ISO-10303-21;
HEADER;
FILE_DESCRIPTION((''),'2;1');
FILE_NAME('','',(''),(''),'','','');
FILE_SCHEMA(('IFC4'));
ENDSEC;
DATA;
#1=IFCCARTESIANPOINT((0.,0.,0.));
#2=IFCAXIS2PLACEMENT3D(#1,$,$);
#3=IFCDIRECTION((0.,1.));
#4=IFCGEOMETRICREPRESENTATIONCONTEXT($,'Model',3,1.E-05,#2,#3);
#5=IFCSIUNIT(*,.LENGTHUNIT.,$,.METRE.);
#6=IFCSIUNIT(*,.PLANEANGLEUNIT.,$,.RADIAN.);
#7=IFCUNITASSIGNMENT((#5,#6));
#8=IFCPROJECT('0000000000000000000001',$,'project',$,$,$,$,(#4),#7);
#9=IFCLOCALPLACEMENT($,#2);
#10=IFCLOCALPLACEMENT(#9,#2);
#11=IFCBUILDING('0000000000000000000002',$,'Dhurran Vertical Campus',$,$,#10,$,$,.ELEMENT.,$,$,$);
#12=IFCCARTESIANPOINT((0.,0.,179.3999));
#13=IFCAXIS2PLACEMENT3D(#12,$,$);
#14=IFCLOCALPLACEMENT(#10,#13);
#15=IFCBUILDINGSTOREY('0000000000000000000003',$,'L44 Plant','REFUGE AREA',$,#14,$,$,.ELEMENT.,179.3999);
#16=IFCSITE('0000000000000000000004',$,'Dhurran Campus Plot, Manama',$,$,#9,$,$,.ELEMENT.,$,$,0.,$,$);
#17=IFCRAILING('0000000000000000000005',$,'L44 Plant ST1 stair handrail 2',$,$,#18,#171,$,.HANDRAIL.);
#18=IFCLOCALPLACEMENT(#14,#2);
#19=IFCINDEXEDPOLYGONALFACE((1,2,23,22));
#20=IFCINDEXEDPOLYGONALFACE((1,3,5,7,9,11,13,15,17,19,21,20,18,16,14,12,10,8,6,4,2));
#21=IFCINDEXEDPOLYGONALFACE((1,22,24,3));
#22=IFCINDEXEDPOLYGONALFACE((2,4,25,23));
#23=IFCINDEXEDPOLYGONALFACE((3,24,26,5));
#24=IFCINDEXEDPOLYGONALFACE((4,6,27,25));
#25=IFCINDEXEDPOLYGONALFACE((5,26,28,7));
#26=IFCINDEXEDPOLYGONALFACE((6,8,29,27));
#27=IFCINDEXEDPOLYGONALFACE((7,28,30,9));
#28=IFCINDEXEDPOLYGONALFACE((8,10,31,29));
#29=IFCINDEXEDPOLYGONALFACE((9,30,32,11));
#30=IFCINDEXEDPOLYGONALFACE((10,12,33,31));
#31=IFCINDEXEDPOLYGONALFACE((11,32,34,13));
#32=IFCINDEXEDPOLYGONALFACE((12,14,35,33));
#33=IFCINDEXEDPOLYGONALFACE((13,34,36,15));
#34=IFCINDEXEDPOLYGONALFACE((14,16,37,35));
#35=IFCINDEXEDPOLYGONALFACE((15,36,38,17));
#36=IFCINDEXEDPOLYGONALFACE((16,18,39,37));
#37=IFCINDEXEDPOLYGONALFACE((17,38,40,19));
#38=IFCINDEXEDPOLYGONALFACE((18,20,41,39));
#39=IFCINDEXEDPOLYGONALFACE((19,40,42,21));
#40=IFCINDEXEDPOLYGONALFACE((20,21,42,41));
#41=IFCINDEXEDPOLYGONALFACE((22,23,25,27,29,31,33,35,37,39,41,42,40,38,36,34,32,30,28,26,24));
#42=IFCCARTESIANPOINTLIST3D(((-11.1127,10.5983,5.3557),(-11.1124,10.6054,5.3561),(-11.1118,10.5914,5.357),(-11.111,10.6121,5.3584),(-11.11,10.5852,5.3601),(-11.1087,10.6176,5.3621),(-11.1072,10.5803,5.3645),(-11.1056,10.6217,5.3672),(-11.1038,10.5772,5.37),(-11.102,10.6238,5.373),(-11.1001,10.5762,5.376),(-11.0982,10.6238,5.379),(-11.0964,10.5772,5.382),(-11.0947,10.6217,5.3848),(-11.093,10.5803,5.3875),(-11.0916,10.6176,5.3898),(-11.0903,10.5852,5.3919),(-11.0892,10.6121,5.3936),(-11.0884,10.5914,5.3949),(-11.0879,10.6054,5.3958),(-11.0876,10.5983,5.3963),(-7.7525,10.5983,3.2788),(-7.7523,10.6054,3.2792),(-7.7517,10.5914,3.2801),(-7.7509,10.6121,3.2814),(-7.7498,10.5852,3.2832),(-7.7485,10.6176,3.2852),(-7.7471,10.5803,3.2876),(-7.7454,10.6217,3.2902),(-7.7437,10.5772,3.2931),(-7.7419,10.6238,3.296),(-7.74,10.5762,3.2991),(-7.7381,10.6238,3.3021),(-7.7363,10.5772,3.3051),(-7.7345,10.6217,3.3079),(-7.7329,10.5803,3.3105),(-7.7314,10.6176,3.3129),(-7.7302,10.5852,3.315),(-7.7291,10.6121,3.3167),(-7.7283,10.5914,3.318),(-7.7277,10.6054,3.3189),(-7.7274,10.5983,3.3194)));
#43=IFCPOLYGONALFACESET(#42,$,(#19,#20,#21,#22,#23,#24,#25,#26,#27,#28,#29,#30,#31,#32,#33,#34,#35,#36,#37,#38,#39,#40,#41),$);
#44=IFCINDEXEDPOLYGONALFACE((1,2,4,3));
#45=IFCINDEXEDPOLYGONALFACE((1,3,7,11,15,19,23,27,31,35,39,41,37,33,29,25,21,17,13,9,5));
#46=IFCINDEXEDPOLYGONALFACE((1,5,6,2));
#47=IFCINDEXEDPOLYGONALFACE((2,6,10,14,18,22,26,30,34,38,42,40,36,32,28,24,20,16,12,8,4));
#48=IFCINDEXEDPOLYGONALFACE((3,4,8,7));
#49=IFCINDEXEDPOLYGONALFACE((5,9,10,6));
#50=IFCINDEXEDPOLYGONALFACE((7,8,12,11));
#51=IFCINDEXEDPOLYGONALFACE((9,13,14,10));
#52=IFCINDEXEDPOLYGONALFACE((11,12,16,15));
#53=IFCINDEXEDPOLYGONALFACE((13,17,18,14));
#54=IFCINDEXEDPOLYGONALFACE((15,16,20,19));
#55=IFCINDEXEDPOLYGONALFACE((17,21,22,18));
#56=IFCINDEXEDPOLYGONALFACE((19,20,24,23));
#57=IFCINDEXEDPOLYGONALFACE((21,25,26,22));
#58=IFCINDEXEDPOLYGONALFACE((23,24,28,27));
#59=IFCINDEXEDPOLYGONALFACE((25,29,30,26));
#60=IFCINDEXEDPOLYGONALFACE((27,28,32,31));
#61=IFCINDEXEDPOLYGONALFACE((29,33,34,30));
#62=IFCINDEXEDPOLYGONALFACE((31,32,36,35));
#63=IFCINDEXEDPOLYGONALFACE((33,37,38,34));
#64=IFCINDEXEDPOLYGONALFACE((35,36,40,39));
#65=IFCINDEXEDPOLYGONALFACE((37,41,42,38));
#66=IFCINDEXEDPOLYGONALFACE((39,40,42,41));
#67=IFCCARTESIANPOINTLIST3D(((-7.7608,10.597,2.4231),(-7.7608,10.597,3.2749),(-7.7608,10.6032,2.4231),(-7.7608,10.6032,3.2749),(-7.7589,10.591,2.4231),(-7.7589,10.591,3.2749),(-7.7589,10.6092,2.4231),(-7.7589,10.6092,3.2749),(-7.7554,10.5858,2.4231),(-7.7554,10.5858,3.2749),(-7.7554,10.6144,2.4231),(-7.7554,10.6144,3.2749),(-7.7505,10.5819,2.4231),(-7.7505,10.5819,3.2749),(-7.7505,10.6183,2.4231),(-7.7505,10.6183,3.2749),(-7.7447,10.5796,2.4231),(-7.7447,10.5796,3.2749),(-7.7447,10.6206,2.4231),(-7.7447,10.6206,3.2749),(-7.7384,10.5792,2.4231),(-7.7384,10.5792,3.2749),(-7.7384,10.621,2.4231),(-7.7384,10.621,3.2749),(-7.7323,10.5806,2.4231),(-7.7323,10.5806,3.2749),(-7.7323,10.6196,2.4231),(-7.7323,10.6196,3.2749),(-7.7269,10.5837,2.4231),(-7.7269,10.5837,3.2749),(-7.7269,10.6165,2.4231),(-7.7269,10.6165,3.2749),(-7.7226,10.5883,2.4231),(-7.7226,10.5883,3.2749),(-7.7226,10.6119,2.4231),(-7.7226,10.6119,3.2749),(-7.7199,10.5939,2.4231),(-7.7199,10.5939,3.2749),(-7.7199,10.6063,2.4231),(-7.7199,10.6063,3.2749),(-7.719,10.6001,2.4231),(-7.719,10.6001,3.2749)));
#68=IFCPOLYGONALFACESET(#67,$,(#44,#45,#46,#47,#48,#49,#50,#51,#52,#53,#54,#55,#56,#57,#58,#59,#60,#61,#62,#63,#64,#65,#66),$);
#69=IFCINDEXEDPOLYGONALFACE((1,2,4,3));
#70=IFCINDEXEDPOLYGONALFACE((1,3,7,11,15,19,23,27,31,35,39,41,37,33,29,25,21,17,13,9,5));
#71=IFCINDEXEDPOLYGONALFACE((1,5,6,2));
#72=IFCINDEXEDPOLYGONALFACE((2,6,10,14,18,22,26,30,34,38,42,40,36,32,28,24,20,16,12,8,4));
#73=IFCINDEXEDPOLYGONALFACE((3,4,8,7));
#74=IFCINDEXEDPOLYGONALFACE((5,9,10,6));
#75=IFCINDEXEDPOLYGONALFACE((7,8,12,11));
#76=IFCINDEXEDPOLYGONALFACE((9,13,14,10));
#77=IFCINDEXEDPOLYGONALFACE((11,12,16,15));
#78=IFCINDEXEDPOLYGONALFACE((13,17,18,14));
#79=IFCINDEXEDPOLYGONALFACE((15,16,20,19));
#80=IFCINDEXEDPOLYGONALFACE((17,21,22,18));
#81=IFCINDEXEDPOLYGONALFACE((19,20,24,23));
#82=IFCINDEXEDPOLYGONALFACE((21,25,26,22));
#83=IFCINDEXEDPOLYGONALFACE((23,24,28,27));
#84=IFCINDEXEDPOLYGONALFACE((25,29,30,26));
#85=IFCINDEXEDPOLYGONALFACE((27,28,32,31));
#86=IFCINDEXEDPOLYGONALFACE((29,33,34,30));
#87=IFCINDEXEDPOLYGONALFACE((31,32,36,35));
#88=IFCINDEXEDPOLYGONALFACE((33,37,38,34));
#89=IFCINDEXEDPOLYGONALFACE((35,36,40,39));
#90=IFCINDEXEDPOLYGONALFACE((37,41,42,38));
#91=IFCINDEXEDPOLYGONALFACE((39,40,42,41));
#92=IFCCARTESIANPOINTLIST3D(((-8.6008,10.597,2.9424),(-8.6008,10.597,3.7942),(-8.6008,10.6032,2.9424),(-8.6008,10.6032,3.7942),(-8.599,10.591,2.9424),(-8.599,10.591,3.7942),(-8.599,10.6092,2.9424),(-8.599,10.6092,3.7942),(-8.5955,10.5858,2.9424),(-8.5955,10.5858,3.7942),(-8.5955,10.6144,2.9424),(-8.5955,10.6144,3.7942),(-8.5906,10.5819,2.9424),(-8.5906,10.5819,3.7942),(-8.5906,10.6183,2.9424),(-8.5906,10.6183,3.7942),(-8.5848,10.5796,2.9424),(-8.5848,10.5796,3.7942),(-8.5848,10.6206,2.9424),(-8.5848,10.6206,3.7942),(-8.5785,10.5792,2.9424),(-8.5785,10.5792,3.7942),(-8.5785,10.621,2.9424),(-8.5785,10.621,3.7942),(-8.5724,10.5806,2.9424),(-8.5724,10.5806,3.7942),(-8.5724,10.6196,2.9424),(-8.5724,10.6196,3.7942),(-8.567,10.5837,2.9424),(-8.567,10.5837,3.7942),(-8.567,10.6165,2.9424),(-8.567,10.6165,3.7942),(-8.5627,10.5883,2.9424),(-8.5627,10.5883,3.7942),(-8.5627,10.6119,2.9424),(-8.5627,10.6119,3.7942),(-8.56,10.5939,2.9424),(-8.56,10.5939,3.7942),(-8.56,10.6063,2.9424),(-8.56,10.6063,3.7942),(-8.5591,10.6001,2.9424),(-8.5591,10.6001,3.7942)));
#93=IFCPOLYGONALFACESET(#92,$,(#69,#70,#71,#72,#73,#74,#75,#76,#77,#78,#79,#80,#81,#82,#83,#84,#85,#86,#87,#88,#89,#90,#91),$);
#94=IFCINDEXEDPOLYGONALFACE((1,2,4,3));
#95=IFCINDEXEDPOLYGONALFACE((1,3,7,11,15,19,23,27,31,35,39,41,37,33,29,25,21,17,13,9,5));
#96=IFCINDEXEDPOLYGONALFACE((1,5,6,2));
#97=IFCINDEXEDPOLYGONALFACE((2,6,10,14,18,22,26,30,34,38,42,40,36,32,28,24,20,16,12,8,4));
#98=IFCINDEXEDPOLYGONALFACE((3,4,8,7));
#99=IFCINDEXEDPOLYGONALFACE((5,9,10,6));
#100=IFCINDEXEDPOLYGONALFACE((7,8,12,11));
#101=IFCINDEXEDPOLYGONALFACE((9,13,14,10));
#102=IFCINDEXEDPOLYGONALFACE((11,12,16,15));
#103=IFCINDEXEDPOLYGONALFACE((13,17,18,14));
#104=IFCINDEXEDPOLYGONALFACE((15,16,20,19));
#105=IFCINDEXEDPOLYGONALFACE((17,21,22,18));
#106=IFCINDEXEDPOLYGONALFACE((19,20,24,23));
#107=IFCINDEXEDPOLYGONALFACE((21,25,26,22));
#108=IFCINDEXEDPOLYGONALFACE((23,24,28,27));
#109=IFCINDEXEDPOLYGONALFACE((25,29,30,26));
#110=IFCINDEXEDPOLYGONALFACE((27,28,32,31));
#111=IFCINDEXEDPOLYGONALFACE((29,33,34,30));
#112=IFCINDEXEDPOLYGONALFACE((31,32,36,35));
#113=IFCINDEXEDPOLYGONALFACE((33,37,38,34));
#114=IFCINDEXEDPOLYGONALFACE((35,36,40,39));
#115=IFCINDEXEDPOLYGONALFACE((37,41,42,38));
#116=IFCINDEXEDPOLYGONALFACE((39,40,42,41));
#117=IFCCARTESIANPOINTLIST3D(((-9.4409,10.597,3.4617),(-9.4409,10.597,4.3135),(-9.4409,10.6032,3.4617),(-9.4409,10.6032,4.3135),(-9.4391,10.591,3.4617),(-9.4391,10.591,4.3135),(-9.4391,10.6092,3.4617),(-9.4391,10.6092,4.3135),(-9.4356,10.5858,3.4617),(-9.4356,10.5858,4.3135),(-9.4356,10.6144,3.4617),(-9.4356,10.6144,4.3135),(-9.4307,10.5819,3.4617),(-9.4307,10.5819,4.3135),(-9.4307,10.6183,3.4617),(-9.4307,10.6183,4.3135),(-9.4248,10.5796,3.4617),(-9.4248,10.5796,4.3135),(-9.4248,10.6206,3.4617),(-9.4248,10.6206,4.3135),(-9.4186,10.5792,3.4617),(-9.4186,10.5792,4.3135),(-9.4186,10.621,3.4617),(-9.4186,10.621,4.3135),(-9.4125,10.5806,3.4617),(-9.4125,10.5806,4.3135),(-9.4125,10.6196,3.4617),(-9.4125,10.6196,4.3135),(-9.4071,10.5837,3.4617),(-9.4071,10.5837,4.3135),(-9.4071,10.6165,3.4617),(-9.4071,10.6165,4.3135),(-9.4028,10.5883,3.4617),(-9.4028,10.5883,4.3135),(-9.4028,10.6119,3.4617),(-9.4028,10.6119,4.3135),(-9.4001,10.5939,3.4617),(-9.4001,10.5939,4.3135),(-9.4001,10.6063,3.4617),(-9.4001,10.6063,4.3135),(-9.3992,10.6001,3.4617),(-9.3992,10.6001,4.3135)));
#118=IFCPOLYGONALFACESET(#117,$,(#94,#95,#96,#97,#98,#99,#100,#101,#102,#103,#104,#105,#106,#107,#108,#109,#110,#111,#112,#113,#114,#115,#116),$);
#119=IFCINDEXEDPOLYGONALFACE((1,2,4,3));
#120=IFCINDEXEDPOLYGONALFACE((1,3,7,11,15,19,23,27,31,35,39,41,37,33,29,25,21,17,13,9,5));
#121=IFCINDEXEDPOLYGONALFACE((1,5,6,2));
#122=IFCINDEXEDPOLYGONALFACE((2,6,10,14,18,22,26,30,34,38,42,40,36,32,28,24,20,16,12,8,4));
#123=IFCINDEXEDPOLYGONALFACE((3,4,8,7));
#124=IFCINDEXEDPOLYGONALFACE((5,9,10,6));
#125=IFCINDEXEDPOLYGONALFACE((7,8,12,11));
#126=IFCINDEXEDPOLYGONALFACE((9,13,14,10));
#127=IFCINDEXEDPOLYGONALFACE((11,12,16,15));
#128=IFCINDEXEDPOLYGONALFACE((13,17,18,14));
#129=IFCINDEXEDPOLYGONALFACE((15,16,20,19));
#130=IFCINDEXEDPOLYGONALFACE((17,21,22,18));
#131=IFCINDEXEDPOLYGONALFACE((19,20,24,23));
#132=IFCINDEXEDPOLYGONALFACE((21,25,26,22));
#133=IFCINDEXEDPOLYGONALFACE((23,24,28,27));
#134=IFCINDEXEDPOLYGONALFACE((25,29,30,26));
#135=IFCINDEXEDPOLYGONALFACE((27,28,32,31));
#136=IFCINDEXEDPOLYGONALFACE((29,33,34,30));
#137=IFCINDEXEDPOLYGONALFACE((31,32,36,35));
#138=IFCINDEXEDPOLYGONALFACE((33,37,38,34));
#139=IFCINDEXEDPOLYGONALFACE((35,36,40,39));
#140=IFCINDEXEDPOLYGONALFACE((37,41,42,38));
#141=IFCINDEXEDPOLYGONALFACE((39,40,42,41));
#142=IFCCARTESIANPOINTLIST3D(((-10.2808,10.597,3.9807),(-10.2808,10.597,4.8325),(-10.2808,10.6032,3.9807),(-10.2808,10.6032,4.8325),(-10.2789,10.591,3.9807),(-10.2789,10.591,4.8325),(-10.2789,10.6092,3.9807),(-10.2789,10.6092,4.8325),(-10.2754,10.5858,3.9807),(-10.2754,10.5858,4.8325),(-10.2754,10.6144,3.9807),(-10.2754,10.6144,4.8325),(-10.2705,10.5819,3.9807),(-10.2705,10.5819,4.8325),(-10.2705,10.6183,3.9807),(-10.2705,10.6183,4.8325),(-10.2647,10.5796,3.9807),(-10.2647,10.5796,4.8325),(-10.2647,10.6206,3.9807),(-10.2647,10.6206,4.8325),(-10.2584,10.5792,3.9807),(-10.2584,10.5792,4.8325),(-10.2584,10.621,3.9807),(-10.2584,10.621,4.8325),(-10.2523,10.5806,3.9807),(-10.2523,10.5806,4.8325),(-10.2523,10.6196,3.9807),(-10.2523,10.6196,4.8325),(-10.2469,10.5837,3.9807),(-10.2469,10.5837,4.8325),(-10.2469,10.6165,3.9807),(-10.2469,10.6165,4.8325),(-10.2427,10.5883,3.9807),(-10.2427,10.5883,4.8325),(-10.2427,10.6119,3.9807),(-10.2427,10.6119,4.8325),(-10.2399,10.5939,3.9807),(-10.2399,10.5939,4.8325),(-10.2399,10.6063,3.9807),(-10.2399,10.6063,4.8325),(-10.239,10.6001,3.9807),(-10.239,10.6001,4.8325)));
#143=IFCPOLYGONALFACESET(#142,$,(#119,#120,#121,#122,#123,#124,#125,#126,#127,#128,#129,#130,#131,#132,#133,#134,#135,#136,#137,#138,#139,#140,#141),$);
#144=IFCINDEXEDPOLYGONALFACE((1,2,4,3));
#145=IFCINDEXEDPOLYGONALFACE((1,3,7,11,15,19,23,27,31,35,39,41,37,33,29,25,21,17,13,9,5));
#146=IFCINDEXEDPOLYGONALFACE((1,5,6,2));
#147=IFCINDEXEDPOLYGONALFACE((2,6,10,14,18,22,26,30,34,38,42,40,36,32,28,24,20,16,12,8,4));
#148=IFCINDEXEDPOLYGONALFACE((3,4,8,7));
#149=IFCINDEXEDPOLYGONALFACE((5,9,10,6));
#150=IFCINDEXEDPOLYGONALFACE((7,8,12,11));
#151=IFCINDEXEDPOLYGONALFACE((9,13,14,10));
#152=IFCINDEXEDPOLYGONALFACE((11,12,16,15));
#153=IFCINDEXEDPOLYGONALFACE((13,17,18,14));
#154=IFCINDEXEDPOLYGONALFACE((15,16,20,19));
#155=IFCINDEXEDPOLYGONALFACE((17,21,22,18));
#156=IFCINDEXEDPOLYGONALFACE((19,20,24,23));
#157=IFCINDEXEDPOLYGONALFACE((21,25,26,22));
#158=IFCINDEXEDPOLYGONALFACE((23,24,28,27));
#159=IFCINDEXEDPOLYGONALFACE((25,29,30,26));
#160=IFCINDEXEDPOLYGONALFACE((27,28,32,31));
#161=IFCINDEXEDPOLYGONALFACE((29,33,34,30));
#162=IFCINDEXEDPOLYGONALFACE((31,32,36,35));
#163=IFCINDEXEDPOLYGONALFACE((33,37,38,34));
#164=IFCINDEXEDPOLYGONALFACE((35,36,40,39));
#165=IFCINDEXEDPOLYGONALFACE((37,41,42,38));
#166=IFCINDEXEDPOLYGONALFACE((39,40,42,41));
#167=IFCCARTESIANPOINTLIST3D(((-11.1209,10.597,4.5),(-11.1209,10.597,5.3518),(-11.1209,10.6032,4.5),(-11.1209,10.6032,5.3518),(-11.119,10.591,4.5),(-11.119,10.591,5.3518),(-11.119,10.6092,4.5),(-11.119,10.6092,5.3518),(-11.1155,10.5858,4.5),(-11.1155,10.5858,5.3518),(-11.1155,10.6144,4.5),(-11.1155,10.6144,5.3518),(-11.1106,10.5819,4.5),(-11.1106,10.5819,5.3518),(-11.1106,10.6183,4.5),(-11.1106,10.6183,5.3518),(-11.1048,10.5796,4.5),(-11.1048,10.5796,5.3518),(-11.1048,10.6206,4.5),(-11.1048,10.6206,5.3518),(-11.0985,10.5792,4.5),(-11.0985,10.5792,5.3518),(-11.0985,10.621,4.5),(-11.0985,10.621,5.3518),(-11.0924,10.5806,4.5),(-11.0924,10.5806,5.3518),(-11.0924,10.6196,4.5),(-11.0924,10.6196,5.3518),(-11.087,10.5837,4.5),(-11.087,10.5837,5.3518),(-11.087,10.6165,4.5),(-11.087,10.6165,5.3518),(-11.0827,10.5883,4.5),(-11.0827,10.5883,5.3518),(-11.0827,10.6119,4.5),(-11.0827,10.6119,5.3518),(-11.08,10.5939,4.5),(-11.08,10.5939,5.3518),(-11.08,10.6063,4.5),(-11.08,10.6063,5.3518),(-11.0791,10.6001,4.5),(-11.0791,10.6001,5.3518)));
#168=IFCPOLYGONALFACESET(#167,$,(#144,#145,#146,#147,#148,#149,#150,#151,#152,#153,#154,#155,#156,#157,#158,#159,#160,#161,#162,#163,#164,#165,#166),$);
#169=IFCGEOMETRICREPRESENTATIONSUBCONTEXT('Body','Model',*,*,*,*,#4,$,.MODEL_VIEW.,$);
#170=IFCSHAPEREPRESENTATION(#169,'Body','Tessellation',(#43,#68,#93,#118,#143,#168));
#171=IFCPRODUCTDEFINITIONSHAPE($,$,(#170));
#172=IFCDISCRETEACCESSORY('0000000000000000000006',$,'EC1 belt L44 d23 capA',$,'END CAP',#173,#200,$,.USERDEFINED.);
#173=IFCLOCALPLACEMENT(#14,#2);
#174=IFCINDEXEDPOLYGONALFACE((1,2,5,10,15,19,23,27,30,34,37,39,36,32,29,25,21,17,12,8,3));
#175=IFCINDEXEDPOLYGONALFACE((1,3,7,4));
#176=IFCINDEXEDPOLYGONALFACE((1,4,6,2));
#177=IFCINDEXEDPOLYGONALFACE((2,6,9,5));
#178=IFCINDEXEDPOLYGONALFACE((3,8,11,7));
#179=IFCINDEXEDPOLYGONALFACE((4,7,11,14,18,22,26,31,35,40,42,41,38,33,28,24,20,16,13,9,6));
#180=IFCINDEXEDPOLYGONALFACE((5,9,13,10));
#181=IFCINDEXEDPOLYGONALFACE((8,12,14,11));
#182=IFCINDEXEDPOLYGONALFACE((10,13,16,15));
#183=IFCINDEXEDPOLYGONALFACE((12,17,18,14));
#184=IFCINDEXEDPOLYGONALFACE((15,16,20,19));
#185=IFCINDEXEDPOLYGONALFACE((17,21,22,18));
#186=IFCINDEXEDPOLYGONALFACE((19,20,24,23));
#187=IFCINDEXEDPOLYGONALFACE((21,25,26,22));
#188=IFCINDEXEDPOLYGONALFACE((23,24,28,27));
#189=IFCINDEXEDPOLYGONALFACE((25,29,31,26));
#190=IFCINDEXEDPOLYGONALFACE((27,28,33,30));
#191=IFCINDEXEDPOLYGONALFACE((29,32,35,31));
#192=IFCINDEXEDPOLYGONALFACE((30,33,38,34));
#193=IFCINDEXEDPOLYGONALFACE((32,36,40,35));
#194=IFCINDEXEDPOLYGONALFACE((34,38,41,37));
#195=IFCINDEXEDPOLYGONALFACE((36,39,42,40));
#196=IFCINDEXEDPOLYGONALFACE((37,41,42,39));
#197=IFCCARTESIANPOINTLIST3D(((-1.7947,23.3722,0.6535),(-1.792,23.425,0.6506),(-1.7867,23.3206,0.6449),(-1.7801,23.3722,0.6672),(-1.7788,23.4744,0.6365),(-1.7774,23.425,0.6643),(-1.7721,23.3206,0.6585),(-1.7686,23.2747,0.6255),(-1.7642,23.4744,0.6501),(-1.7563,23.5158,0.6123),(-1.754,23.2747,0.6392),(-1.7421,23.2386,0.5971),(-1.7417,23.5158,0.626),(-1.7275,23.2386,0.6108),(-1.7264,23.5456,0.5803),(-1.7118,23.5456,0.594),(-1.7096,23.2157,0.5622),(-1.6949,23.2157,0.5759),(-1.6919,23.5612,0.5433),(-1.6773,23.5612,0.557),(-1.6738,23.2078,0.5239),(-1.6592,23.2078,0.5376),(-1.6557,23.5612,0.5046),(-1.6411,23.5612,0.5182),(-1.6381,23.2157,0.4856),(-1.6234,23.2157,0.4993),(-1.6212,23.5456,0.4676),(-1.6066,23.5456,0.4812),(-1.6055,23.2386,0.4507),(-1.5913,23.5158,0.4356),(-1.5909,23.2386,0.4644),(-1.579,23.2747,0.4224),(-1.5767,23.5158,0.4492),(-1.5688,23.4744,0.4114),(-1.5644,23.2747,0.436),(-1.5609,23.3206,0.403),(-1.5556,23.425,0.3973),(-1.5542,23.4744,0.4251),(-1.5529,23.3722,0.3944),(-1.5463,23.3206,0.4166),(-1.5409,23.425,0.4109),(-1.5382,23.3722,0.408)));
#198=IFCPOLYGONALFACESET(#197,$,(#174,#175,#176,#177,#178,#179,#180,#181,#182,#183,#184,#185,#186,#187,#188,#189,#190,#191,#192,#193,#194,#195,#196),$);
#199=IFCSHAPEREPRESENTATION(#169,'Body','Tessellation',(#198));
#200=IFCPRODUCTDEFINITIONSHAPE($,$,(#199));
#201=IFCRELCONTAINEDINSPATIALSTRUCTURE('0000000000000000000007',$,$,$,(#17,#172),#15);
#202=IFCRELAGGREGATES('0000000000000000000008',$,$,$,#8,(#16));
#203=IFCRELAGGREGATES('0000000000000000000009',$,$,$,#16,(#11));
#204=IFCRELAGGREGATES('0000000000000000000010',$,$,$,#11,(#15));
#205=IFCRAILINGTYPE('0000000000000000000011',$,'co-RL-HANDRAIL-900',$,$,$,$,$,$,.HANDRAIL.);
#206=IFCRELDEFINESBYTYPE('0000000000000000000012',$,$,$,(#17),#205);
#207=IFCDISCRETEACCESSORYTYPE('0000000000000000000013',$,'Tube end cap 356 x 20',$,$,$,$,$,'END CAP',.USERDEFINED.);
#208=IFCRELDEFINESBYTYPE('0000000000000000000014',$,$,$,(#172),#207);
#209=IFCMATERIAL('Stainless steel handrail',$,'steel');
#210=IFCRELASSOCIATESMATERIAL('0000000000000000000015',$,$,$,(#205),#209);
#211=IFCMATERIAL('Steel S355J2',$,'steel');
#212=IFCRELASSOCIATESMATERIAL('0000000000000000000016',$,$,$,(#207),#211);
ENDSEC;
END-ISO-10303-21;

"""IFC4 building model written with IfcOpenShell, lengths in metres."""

from ifc_helpers import new_model, si_unit, direction, frame, origin, origin_2d, place, context, subcontext, project, spatial, circle, extrude, material, material_profile, profile_set, type_object, element, save


model = new_model("IFC4")

# Units and contexts
model_context = context("Model", 3, precision=1e-05, world=origin(), true_north=direction((0.0, 1.0)))
body_context = subcontext(model_context, "Body", "Model", "MODEL_VIEW")
ifc_project = project(units=[si_unit("LENGTHUNIT", "METRE"), si_unit("PLANEANGLEUNIT", "RADIAN")], contexts=[model_context])

# Site, building, storey
site_placement = place(None, origin())
site = spatial("IfcSite", under=ifc_project, at=site_placement, Name="Dhurran Campus Plot, Manama", CompositionType="ELEMENT", RefElevation=0.0)
building_placement = place(site_placement, origin())
building = spatial("IfcBuilding", under=site, at=building_placement, Name="Dhurran Vertical Campus", CompositionType="ELEMENT")
storey_placement = place(building_placement, frame((0.0, 0.0, 179.3999)))
storey = spatial("IfcBuildingStorey", under=building, at=storey_placement, Name="L44 Plant", Description="REFUGE AREA", CompositionType="ELEMENT", Elevation=179.3999)

# Railing
ifc_material_1 = material(Name="Stainless steel handrail", Category="steel")
railing_type_1 = type_object("IfcRailingType", Name="co-RL-HANDRAIL-900", PredefinedType="HANDRAIL", material=ifc_material_1)
railing_1_placement = place(storey_placement, frame((-7.74, 10.6001, 2.4231)))
element("IfcRailing", 1, at=railing_1_placement, inside=storey, type_object=railing_type_1, Name="L44 Plant ST1 stair handrail 2", PredefinedType="HANDRAIL", context=body_context, shape_type="SweptSolid", body=[
    extrude(circle(Radius=0.0239, at=origin_2d()), frame((0.0, 0.0, 0.876), z_axis=(-0.850623, 0.0, 0.525776), x_axis=(0.0, -1.0, 0.0)), (0.0, 0.0, 1.0), 3.9502),
    extrude(circle(Radius=0.021, at=origin_2d()), origin(), (0.0, 0.0, 1.0), 0.8518),
    extrude(circle(Radius=0.021, at=origin_2d()), frame((-0.8401, 0.0, 0.5193)), (0.0, 0.0, 1.0), 0.8518),
    extrude(circle(Radius=0.021, at=origin_2d()), frame((-1.6802, 0.0, 1.0386)), (0.0, 0.0, 1.0), 0.8518),
    extrude(circle(Radius=0.021, at=origin_2d()), frame((-2.52, 0.0, 1.5576)), (0.0, 0.0, 1.0), 0.8518),
    extrude(circle(Radius=0.021, at=origin_2d()), frame((-3.3601, 0.0, 2.0769)), (0.0, 0.0, 1.0), 0.8518),
])

# Discrete accessory
ifc_material_2 = material(Name="Steel S355J2", Category="steel")
ifc_material_profile_1 = material_profile(ifc_material_2, circle(Radius=0.1777, at=origin_2d()), Name="Tube end cap 356 x 20")
ifc_profile_set_1 = profile_set([ifc_material_profile_1], Name="Steel S355J2")
discrete_accessory_type = type_object("IfcDiscreteAccessoryType", Name="Tube end cap 356 x 20", ElementType="END CAP", PredefinedType="USERDEFINED", material=ifc_profile_set_1)
for number, where, z_axis, x_axis, name in (
    (2, (-1.6592, 23.3855, 0.5376), (-0.731055, 0.0, -0.682318), (0.0, -1.0, 0.0), "EC1 belt L44 d23 capA"),
):
    element("IfcDiscreteAccessory", number, at=place(storey_placement, frame(where, z_axis=z_axis, x_axis=x_axis)), inside=storey, type_object=discrete_accessory_type, Name=name, ObjectType="END CAP", PredefinedType="USERDEFINED", context=body_context, shape_type="SweptSolid", body=[
        extrude(circle(Radius=0.1777, at=origin_2d()), origin(), (0.0, 0.0, 1.0), 0.02),
    ])

save(model, "model.ifc")
